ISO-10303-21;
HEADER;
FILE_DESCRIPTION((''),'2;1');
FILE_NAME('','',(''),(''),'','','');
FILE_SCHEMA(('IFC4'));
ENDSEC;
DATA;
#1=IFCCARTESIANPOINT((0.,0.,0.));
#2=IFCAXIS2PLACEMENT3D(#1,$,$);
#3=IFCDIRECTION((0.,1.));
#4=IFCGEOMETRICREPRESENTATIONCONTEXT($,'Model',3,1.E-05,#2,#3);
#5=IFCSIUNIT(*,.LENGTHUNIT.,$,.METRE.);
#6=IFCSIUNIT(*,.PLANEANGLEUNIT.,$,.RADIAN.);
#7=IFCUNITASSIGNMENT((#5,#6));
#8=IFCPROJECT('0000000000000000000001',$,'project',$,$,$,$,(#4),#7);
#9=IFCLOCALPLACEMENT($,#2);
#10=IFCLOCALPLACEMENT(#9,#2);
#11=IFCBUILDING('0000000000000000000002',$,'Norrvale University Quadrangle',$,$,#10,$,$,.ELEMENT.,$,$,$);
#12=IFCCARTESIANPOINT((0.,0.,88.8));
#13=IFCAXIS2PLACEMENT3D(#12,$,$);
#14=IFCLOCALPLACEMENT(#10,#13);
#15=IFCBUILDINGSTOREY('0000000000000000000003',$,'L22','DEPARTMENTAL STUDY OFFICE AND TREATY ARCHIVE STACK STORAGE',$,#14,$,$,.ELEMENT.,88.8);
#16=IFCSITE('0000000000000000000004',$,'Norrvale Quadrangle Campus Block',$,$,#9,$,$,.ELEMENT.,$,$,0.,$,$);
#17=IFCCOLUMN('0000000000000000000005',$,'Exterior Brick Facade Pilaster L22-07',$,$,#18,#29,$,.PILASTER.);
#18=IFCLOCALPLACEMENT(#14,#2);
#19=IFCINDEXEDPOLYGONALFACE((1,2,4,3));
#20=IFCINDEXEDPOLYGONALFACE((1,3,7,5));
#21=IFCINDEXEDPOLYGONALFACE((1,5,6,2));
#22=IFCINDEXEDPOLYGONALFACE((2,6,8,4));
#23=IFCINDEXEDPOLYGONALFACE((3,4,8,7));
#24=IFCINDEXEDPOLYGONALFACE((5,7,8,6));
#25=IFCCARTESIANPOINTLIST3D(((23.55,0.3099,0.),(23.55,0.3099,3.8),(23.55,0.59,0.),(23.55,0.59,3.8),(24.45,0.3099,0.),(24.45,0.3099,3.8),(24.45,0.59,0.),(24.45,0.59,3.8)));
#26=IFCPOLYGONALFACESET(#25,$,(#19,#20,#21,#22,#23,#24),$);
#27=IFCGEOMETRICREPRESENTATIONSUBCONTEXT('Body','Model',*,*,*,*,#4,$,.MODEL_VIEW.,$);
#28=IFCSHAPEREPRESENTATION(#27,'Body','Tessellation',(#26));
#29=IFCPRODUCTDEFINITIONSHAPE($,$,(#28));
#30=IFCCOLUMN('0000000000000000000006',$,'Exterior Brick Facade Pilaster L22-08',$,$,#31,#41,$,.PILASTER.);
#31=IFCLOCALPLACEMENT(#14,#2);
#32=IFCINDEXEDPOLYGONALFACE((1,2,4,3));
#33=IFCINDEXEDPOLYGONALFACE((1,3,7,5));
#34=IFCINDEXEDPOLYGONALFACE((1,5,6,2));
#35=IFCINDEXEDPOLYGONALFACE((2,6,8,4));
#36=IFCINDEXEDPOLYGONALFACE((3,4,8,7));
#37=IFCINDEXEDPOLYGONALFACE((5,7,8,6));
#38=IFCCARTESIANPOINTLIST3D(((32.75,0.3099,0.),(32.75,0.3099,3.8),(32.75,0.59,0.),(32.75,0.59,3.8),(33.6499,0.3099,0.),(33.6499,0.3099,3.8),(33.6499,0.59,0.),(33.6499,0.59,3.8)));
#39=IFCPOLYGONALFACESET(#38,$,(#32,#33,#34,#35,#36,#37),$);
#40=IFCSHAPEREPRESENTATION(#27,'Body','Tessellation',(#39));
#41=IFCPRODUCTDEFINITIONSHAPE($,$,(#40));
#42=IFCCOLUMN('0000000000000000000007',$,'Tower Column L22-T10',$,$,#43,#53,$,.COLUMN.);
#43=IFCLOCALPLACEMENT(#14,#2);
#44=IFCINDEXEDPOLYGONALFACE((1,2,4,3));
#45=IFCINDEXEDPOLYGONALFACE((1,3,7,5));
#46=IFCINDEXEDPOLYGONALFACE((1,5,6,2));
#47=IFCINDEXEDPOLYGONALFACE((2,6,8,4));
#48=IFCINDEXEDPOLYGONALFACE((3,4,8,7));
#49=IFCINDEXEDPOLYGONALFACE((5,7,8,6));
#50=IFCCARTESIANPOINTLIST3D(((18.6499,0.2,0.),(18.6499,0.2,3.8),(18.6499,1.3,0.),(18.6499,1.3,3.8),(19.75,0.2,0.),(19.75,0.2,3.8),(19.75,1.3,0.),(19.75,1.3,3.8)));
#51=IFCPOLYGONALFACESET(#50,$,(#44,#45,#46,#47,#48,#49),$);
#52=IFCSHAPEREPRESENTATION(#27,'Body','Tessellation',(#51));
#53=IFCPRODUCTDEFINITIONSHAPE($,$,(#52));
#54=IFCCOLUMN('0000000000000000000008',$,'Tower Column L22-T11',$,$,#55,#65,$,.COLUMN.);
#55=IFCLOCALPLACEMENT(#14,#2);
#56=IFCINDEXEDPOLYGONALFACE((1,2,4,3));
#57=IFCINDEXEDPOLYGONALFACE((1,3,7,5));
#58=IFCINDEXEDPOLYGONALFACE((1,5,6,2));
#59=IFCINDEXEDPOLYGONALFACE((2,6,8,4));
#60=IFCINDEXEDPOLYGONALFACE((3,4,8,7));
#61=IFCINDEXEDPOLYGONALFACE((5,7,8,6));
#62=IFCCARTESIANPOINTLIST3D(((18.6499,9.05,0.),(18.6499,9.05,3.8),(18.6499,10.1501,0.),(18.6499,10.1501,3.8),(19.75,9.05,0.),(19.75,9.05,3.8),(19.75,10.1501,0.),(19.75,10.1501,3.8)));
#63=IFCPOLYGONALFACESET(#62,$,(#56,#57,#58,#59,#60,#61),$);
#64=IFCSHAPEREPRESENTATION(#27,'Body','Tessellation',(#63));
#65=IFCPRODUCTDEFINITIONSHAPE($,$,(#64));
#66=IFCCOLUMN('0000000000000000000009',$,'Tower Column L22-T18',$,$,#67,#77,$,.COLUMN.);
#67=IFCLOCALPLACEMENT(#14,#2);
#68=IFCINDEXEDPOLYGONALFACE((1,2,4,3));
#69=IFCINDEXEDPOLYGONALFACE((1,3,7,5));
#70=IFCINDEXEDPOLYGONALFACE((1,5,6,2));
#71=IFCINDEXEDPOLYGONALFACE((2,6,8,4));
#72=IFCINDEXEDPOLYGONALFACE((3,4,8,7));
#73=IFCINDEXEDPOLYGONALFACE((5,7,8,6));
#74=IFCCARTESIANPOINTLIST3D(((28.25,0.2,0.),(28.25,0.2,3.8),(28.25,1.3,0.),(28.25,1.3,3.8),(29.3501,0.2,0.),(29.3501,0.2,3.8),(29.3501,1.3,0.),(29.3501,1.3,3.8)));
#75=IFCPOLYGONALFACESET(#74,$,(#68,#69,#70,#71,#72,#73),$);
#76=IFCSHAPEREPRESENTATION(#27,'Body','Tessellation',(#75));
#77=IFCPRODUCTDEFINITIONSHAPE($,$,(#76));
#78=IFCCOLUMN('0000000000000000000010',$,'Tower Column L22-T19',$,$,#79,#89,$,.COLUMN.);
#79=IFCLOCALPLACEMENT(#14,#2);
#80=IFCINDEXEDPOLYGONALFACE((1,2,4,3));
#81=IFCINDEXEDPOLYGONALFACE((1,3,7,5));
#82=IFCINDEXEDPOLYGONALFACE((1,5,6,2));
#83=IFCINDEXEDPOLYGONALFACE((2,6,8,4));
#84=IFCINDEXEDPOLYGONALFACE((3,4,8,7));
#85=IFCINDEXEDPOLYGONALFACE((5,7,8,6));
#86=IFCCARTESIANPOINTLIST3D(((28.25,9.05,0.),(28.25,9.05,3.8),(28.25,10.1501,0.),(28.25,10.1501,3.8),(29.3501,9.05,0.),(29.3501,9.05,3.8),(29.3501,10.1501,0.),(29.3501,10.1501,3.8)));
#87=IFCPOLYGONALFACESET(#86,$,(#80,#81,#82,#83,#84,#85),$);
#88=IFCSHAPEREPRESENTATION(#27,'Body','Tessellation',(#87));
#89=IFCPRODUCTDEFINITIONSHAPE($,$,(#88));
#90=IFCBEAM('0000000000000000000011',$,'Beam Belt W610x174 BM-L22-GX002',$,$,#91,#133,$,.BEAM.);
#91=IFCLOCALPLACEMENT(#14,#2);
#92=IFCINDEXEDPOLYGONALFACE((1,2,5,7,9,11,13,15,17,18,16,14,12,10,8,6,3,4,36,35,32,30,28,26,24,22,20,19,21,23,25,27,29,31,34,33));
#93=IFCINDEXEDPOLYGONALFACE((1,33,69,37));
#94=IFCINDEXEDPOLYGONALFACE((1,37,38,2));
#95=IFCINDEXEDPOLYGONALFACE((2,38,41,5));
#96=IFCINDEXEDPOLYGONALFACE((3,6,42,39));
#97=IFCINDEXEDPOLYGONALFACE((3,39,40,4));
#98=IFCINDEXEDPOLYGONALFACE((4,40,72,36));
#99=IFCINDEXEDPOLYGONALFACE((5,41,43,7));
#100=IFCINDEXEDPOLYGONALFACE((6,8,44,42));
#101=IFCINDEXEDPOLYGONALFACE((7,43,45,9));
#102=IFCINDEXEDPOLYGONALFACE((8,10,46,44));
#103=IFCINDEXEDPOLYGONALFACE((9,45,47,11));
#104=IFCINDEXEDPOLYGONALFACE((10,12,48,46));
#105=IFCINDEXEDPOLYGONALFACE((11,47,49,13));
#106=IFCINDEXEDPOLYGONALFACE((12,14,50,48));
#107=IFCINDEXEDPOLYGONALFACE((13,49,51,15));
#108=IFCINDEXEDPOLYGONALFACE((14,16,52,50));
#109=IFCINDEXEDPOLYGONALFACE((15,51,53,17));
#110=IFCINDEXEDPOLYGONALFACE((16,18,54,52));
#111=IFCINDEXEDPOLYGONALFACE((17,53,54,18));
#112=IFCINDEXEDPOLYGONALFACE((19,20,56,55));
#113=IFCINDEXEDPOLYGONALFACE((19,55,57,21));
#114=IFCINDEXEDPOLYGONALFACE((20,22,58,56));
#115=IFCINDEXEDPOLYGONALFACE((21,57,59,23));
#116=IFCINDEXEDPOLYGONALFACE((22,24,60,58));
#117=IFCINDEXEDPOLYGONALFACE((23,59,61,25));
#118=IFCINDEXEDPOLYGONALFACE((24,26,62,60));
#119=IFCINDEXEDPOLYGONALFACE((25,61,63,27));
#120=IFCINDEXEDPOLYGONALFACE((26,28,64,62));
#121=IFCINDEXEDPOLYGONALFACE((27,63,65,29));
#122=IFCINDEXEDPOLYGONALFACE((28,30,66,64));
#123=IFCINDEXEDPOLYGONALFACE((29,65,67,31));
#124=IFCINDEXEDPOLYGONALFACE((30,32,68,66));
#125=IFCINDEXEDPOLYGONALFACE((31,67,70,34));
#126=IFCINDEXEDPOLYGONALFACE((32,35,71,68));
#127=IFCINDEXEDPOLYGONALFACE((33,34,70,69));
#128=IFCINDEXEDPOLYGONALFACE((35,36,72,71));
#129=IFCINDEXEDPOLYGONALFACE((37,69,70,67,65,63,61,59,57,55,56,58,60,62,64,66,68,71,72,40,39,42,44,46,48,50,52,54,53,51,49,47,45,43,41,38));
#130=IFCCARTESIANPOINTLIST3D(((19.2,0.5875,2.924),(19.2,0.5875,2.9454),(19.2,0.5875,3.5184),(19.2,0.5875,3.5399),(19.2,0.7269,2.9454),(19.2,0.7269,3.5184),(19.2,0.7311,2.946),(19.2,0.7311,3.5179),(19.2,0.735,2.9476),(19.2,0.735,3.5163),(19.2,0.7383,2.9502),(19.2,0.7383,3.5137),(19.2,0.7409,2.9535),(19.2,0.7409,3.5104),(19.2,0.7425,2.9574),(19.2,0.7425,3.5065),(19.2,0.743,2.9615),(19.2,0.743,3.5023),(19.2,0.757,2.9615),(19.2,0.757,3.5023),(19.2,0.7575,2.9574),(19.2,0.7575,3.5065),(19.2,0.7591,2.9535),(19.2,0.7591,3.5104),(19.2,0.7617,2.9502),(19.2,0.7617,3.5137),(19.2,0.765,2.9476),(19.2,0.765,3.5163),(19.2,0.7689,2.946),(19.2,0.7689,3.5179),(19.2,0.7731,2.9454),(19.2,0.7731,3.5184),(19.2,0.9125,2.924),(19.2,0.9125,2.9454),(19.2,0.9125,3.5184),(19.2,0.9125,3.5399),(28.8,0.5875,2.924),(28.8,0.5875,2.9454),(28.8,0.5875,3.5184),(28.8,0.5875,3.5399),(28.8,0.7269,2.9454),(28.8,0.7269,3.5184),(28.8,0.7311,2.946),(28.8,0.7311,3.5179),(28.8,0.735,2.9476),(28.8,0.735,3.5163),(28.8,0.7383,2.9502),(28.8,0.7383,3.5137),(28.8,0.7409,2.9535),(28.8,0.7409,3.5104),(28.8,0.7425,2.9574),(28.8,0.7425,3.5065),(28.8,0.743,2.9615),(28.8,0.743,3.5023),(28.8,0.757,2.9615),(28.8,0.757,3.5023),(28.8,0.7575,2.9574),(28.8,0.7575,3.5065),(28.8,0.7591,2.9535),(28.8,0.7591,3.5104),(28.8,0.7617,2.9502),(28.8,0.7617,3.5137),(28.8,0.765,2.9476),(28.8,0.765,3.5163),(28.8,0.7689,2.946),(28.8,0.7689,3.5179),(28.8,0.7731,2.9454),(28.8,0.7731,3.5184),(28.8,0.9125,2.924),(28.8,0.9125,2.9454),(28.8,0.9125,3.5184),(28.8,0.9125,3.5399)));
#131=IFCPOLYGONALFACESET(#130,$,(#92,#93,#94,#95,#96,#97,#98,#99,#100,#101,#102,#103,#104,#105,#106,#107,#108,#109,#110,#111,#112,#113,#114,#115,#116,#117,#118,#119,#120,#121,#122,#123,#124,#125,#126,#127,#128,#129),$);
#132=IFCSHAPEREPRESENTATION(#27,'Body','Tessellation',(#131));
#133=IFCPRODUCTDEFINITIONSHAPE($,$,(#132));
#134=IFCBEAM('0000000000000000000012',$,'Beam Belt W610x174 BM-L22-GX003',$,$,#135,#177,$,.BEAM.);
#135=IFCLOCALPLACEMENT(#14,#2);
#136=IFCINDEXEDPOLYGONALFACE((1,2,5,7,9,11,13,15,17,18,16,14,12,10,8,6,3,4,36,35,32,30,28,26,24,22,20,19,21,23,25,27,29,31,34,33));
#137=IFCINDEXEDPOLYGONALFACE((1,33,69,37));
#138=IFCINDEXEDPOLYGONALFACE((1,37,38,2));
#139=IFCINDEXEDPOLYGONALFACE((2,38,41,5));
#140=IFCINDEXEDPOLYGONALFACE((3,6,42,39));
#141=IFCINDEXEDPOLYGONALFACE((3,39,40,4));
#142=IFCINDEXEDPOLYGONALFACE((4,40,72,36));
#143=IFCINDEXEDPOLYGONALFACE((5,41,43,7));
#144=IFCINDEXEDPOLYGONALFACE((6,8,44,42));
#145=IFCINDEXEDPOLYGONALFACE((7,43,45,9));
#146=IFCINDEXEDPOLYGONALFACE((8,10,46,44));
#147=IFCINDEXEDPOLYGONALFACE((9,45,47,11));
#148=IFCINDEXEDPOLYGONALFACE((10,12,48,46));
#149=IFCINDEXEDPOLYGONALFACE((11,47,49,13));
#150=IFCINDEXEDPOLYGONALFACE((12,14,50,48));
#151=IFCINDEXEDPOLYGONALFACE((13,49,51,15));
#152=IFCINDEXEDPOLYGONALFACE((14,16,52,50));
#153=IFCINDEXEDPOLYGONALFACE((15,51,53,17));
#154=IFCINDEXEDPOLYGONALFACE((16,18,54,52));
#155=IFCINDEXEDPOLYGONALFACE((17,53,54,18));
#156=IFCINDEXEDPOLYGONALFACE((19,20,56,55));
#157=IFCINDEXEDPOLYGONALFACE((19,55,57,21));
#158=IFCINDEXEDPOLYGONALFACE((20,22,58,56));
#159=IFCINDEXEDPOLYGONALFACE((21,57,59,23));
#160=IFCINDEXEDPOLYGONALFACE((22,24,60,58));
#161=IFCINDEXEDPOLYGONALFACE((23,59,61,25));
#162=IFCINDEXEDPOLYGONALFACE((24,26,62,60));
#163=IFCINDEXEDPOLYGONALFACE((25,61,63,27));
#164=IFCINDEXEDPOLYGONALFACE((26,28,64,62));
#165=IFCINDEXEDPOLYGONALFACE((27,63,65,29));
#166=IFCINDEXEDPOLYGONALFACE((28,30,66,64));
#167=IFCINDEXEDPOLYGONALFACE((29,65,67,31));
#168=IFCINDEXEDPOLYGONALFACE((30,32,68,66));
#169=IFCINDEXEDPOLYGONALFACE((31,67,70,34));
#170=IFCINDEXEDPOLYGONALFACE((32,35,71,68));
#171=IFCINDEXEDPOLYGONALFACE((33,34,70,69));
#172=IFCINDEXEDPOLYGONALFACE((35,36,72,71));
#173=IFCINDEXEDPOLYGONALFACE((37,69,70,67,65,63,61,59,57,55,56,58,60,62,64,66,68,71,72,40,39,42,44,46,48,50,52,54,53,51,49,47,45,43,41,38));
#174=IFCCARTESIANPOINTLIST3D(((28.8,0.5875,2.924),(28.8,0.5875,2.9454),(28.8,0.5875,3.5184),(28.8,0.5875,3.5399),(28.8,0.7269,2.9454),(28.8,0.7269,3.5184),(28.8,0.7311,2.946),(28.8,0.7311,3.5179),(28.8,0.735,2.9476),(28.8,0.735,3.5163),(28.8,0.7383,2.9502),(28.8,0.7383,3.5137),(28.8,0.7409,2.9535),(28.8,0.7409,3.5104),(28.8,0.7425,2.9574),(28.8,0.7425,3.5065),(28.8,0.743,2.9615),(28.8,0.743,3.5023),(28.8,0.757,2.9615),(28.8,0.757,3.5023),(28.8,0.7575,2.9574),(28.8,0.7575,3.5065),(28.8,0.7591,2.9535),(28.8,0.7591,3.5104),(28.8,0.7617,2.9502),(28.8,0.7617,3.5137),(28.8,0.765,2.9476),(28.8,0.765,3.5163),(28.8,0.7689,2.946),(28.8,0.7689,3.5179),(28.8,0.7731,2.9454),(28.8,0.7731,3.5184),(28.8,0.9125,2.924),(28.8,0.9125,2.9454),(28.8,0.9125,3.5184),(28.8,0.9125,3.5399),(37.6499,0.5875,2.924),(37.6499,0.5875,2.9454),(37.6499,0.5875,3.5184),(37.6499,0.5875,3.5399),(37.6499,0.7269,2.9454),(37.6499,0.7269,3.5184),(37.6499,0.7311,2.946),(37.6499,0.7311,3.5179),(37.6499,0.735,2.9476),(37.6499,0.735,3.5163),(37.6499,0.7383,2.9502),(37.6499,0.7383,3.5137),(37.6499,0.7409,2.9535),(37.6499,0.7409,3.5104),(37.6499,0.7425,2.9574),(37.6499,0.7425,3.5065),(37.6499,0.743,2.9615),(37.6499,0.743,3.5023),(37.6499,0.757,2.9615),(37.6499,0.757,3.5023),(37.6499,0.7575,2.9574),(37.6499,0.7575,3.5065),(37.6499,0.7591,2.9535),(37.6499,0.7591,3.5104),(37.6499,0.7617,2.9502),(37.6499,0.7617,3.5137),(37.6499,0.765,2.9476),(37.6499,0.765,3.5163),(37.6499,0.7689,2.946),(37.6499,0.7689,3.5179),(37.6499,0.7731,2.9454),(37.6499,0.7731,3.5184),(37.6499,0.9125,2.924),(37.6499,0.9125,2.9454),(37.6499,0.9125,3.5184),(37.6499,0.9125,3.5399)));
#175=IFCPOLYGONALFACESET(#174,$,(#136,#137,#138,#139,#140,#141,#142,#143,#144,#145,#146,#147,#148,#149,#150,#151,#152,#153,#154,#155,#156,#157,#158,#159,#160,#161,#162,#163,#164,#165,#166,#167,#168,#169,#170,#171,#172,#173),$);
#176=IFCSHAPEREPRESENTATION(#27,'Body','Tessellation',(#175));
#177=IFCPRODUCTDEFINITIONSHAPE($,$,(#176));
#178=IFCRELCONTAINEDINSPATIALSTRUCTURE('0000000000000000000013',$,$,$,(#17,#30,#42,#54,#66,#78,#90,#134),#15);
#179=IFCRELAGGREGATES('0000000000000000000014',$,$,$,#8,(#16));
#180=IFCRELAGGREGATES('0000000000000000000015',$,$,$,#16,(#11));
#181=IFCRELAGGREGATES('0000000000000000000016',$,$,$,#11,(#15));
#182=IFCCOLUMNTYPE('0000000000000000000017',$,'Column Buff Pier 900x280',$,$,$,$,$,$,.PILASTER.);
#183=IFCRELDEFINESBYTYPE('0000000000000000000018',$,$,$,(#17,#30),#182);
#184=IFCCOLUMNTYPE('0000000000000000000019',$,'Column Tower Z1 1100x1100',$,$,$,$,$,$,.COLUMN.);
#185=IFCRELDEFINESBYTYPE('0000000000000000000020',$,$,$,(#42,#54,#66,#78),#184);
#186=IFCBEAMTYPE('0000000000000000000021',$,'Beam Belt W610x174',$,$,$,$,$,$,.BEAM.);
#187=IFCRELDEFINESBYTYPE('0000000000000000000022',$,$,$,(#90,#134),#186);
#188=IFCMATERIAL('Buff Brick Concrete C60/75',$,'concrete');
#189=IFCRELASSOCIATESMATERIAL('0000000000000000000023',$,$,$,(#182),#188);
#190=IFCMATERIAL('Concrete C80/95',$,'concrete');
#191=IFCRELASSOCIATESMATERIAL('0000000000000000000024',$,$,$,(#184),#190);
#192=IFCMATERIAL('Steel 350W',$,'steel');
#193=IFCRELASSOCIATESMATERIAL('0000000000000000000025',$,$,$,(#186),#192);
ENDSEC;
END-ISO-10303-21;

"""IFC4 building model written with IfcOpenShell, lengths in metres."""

from ifc_helpers import new_model, si_unit, direction, frame, origin, origin_2d, place, context, subcontext, project, spatial, rectangle, i_section, extrude, material, material_profile, profile_set, type_object, element, save


model = new_model("IFC4")

# Units and contexts
model_context = context("Model", 3, precision=1e-05, world=origin(), true_north=direction((0.0, 1.0)))
body_context = subcontext(model_context, "Body", "Model", "MODEL_VIEW")
ifc_project = project(units=[si_unit("LENGTHUNIT", "METRE"), si_unit("PLANEANGLEUNIT", "RADIAN")], contexts=[model_context])

# Site, building, storey
site_placement = place(None, origin())
site = spatial("IfcSite", under=ifc_project, at=site_placement, Name="Norrvale Quadrangle Campus Block", CompositionType="ELEMENT", RefElevation=0.0)
building_placement = place(site_placement, origin())
building = spatial("IfcBuilding", under=site, at=building_placement, Name="Norrvale University Quadrangle", CompositionType="ELEMENT")
storey_placement = place(building_placement, frame((0.0, 0.0, 88.8)))
storey = spatial("IfcBuildingStorey", under=building, at=storey_placement, Name="L22", Description="DEPARTMENTAL STUDY OFFICE AND TREATY ARCHIVE STACK STORAGE", CompositionType="ELEMENT", Elevation=88.8)

# Columns
ifc_material_1 = material(Name="Buff Brick Concrete C60/75", Category="concrete")
ifc_material_profile_1 = material_profile(ifc_material_1, rectangle(XDim=0.8999, YDim=0.28, at=origin_2d()), Name="Buff Brick Concrete C60/75")
ifc_profile_set_1 = profile_set([ifc_material_profile_1], Name="Buff Brick Concrete C60/75")
column_type_1 = type_object("IfcColumnType", Name="Column Buff Pier 900x280", PredefinedType="PILASTER", material=ifc_profile_set_1)
for number, where, z_axis, x_axis, name in (
    (1, (24.0, 0.45, 0.0), (0.0, 0.0, 1.0), (1.0, 0.0, 0.0), "Exterior Brick Facade Pilaster L22-07"),
    (2, (33.2, 0.45, 0.0), (0.0, 0.0, 1.0), (1.0, 0.0, 0.0), "Exterior Brick Facade Pilaster L22-08"),
):
    element("IfcColumn", number, at=place(storey_placement, frame(where, z_axis=z_axis, x_axis=x_axis)), inside=storey, type_object=column_type_1, Name=name, PredefinedType="PILASTER", context=body_context, shape_type="SweptSolid", body=[
        extrude(rectangle(XDim=0.8999, YDim=0.28, at=origin_2d()), origin(), (0.0, 0.0, 1.0), 3.8),
    ])
ifc_material_2 = material(Name="Concrete C80/95", Category="concrete")
ifc_material_profile_2 = material_profile(ifc_material_2, rectangle(XDim=1.1001, YDim=1.1001, at=origin_2d()), Name="Concrete C80/95")
ifc_profile_set_2 = profile_set([ifc_material_profile_2], Name="Concrete C80/95")
column_type_2 = type_object("IfcColumnType", Name="Column Tower Z1 1100x1100", PredefinedType="COLUMN", material=ifc_profile_set_2)
for number, where, z_axis, x_axis, name in (
    (3, (19.2, 0.75, 0.0), (0.0, 0.0, 1.0), (1.0, 0.0, 0.0), "Tower Column L22-T10"),
    (4, (19.2, 9.6001, 0.0), (0.0, 0.0, 1.0), (1.0, 0.0, 0.0), "Tower Column L22-T11"),
    (5, (28.8, 0.75, 0.0), (0.0, 0.0, 1.0), (1.0, 0.0, 0.0), "Tower Column L22-T18"),
    (6, (28.8, 9.6001, 0.0), (0.0, 0.0, 1.0), (1.0, 0.0, 0.0), "Tower Column L22-T19"),
):
    element("IfcColumn", number, at=place(storey_placement, frame(where, z_axis=z_axis, x_axis=x_axis)), inside=storey, type_object=column_type_2, Name=name, PredefinedType="COLUMN", context=body_context, shape_type="SweptSolid", body=[
        extrude(rectangle(XDim=1.1001, YDim=1.1001, at=origin_2d()), origin(), (0.0, 0.0, 1.0), 3.8),
    ])

# Beams
ifc_material_3 = material(Name="Steel 350W", Category="steel")
ifc_material_profile_3 = material_profile(ifc_material_3, i_section(OverallWidth=0.325, OverallDepth=0.616, WebThickness=0.0139, FlangeThickness=0.0215, FilletRadius=0.0161, at=origin_2d()), Name="Steel 350W")
ifc_profile_set_3 = profile_set([ifc_material_profile_3], Name="Steel 350W")
beam_type_1 = type_object("IfcBeamType", Name="Beam Belt W610x174", PredefinedType="BEAM", material=ifc_profile_set_3)
beam_1_placement = place(storey_placement, frame((19.2, 0.75, 3.2319), z_axis=(1.0, 0.0, 0.0), x_axis=(0.0, 1.0, 0.0)))
element("IfcBeam", 7, at=beam_1_placement, inside=storey, type_object=beam_type_1, Name="Beam Belt W610x174 BM-L22-GX002", PredefinedType="BEAM", context=body_context, shape_type="SweptSolid", body=[
    extrude(i_section(OverallWidth=0.325, OverallDepth=0.616, WebThickness=0.0139, FlangeThickness=0.0215, FilletRadius=0.0161, at=origin_2d()), origin(), (0.0, 0.0, 1.0), 9.6001),
])
beam_2_placement = place(storey_placement, frame((28.8, 0.75, 3.2319), z_axis=(1.0, 0.0, 0.0), x_axis=(0.0, 1.0, 0.0)))
element("IfcBeam", 8, at=beam_2_placement, inside=storey, type_object=beam_type_1, Name="Beam Belt W610x174 BM-L22-GX003", PredefinedType="BEAM", context=body_context, shape_type="SweptSolid", body=[
    extrude(i_section(OverallWidth=0.325, OverallDepth=0.616, WebThickness=0.0139, FlangeThickness=0.0215, FilletRadius=0.0161, at=origin_2d()), origin(), (0.0, 0.0, 1.0), 8.8499),
])

save(model, "model.ifc")
